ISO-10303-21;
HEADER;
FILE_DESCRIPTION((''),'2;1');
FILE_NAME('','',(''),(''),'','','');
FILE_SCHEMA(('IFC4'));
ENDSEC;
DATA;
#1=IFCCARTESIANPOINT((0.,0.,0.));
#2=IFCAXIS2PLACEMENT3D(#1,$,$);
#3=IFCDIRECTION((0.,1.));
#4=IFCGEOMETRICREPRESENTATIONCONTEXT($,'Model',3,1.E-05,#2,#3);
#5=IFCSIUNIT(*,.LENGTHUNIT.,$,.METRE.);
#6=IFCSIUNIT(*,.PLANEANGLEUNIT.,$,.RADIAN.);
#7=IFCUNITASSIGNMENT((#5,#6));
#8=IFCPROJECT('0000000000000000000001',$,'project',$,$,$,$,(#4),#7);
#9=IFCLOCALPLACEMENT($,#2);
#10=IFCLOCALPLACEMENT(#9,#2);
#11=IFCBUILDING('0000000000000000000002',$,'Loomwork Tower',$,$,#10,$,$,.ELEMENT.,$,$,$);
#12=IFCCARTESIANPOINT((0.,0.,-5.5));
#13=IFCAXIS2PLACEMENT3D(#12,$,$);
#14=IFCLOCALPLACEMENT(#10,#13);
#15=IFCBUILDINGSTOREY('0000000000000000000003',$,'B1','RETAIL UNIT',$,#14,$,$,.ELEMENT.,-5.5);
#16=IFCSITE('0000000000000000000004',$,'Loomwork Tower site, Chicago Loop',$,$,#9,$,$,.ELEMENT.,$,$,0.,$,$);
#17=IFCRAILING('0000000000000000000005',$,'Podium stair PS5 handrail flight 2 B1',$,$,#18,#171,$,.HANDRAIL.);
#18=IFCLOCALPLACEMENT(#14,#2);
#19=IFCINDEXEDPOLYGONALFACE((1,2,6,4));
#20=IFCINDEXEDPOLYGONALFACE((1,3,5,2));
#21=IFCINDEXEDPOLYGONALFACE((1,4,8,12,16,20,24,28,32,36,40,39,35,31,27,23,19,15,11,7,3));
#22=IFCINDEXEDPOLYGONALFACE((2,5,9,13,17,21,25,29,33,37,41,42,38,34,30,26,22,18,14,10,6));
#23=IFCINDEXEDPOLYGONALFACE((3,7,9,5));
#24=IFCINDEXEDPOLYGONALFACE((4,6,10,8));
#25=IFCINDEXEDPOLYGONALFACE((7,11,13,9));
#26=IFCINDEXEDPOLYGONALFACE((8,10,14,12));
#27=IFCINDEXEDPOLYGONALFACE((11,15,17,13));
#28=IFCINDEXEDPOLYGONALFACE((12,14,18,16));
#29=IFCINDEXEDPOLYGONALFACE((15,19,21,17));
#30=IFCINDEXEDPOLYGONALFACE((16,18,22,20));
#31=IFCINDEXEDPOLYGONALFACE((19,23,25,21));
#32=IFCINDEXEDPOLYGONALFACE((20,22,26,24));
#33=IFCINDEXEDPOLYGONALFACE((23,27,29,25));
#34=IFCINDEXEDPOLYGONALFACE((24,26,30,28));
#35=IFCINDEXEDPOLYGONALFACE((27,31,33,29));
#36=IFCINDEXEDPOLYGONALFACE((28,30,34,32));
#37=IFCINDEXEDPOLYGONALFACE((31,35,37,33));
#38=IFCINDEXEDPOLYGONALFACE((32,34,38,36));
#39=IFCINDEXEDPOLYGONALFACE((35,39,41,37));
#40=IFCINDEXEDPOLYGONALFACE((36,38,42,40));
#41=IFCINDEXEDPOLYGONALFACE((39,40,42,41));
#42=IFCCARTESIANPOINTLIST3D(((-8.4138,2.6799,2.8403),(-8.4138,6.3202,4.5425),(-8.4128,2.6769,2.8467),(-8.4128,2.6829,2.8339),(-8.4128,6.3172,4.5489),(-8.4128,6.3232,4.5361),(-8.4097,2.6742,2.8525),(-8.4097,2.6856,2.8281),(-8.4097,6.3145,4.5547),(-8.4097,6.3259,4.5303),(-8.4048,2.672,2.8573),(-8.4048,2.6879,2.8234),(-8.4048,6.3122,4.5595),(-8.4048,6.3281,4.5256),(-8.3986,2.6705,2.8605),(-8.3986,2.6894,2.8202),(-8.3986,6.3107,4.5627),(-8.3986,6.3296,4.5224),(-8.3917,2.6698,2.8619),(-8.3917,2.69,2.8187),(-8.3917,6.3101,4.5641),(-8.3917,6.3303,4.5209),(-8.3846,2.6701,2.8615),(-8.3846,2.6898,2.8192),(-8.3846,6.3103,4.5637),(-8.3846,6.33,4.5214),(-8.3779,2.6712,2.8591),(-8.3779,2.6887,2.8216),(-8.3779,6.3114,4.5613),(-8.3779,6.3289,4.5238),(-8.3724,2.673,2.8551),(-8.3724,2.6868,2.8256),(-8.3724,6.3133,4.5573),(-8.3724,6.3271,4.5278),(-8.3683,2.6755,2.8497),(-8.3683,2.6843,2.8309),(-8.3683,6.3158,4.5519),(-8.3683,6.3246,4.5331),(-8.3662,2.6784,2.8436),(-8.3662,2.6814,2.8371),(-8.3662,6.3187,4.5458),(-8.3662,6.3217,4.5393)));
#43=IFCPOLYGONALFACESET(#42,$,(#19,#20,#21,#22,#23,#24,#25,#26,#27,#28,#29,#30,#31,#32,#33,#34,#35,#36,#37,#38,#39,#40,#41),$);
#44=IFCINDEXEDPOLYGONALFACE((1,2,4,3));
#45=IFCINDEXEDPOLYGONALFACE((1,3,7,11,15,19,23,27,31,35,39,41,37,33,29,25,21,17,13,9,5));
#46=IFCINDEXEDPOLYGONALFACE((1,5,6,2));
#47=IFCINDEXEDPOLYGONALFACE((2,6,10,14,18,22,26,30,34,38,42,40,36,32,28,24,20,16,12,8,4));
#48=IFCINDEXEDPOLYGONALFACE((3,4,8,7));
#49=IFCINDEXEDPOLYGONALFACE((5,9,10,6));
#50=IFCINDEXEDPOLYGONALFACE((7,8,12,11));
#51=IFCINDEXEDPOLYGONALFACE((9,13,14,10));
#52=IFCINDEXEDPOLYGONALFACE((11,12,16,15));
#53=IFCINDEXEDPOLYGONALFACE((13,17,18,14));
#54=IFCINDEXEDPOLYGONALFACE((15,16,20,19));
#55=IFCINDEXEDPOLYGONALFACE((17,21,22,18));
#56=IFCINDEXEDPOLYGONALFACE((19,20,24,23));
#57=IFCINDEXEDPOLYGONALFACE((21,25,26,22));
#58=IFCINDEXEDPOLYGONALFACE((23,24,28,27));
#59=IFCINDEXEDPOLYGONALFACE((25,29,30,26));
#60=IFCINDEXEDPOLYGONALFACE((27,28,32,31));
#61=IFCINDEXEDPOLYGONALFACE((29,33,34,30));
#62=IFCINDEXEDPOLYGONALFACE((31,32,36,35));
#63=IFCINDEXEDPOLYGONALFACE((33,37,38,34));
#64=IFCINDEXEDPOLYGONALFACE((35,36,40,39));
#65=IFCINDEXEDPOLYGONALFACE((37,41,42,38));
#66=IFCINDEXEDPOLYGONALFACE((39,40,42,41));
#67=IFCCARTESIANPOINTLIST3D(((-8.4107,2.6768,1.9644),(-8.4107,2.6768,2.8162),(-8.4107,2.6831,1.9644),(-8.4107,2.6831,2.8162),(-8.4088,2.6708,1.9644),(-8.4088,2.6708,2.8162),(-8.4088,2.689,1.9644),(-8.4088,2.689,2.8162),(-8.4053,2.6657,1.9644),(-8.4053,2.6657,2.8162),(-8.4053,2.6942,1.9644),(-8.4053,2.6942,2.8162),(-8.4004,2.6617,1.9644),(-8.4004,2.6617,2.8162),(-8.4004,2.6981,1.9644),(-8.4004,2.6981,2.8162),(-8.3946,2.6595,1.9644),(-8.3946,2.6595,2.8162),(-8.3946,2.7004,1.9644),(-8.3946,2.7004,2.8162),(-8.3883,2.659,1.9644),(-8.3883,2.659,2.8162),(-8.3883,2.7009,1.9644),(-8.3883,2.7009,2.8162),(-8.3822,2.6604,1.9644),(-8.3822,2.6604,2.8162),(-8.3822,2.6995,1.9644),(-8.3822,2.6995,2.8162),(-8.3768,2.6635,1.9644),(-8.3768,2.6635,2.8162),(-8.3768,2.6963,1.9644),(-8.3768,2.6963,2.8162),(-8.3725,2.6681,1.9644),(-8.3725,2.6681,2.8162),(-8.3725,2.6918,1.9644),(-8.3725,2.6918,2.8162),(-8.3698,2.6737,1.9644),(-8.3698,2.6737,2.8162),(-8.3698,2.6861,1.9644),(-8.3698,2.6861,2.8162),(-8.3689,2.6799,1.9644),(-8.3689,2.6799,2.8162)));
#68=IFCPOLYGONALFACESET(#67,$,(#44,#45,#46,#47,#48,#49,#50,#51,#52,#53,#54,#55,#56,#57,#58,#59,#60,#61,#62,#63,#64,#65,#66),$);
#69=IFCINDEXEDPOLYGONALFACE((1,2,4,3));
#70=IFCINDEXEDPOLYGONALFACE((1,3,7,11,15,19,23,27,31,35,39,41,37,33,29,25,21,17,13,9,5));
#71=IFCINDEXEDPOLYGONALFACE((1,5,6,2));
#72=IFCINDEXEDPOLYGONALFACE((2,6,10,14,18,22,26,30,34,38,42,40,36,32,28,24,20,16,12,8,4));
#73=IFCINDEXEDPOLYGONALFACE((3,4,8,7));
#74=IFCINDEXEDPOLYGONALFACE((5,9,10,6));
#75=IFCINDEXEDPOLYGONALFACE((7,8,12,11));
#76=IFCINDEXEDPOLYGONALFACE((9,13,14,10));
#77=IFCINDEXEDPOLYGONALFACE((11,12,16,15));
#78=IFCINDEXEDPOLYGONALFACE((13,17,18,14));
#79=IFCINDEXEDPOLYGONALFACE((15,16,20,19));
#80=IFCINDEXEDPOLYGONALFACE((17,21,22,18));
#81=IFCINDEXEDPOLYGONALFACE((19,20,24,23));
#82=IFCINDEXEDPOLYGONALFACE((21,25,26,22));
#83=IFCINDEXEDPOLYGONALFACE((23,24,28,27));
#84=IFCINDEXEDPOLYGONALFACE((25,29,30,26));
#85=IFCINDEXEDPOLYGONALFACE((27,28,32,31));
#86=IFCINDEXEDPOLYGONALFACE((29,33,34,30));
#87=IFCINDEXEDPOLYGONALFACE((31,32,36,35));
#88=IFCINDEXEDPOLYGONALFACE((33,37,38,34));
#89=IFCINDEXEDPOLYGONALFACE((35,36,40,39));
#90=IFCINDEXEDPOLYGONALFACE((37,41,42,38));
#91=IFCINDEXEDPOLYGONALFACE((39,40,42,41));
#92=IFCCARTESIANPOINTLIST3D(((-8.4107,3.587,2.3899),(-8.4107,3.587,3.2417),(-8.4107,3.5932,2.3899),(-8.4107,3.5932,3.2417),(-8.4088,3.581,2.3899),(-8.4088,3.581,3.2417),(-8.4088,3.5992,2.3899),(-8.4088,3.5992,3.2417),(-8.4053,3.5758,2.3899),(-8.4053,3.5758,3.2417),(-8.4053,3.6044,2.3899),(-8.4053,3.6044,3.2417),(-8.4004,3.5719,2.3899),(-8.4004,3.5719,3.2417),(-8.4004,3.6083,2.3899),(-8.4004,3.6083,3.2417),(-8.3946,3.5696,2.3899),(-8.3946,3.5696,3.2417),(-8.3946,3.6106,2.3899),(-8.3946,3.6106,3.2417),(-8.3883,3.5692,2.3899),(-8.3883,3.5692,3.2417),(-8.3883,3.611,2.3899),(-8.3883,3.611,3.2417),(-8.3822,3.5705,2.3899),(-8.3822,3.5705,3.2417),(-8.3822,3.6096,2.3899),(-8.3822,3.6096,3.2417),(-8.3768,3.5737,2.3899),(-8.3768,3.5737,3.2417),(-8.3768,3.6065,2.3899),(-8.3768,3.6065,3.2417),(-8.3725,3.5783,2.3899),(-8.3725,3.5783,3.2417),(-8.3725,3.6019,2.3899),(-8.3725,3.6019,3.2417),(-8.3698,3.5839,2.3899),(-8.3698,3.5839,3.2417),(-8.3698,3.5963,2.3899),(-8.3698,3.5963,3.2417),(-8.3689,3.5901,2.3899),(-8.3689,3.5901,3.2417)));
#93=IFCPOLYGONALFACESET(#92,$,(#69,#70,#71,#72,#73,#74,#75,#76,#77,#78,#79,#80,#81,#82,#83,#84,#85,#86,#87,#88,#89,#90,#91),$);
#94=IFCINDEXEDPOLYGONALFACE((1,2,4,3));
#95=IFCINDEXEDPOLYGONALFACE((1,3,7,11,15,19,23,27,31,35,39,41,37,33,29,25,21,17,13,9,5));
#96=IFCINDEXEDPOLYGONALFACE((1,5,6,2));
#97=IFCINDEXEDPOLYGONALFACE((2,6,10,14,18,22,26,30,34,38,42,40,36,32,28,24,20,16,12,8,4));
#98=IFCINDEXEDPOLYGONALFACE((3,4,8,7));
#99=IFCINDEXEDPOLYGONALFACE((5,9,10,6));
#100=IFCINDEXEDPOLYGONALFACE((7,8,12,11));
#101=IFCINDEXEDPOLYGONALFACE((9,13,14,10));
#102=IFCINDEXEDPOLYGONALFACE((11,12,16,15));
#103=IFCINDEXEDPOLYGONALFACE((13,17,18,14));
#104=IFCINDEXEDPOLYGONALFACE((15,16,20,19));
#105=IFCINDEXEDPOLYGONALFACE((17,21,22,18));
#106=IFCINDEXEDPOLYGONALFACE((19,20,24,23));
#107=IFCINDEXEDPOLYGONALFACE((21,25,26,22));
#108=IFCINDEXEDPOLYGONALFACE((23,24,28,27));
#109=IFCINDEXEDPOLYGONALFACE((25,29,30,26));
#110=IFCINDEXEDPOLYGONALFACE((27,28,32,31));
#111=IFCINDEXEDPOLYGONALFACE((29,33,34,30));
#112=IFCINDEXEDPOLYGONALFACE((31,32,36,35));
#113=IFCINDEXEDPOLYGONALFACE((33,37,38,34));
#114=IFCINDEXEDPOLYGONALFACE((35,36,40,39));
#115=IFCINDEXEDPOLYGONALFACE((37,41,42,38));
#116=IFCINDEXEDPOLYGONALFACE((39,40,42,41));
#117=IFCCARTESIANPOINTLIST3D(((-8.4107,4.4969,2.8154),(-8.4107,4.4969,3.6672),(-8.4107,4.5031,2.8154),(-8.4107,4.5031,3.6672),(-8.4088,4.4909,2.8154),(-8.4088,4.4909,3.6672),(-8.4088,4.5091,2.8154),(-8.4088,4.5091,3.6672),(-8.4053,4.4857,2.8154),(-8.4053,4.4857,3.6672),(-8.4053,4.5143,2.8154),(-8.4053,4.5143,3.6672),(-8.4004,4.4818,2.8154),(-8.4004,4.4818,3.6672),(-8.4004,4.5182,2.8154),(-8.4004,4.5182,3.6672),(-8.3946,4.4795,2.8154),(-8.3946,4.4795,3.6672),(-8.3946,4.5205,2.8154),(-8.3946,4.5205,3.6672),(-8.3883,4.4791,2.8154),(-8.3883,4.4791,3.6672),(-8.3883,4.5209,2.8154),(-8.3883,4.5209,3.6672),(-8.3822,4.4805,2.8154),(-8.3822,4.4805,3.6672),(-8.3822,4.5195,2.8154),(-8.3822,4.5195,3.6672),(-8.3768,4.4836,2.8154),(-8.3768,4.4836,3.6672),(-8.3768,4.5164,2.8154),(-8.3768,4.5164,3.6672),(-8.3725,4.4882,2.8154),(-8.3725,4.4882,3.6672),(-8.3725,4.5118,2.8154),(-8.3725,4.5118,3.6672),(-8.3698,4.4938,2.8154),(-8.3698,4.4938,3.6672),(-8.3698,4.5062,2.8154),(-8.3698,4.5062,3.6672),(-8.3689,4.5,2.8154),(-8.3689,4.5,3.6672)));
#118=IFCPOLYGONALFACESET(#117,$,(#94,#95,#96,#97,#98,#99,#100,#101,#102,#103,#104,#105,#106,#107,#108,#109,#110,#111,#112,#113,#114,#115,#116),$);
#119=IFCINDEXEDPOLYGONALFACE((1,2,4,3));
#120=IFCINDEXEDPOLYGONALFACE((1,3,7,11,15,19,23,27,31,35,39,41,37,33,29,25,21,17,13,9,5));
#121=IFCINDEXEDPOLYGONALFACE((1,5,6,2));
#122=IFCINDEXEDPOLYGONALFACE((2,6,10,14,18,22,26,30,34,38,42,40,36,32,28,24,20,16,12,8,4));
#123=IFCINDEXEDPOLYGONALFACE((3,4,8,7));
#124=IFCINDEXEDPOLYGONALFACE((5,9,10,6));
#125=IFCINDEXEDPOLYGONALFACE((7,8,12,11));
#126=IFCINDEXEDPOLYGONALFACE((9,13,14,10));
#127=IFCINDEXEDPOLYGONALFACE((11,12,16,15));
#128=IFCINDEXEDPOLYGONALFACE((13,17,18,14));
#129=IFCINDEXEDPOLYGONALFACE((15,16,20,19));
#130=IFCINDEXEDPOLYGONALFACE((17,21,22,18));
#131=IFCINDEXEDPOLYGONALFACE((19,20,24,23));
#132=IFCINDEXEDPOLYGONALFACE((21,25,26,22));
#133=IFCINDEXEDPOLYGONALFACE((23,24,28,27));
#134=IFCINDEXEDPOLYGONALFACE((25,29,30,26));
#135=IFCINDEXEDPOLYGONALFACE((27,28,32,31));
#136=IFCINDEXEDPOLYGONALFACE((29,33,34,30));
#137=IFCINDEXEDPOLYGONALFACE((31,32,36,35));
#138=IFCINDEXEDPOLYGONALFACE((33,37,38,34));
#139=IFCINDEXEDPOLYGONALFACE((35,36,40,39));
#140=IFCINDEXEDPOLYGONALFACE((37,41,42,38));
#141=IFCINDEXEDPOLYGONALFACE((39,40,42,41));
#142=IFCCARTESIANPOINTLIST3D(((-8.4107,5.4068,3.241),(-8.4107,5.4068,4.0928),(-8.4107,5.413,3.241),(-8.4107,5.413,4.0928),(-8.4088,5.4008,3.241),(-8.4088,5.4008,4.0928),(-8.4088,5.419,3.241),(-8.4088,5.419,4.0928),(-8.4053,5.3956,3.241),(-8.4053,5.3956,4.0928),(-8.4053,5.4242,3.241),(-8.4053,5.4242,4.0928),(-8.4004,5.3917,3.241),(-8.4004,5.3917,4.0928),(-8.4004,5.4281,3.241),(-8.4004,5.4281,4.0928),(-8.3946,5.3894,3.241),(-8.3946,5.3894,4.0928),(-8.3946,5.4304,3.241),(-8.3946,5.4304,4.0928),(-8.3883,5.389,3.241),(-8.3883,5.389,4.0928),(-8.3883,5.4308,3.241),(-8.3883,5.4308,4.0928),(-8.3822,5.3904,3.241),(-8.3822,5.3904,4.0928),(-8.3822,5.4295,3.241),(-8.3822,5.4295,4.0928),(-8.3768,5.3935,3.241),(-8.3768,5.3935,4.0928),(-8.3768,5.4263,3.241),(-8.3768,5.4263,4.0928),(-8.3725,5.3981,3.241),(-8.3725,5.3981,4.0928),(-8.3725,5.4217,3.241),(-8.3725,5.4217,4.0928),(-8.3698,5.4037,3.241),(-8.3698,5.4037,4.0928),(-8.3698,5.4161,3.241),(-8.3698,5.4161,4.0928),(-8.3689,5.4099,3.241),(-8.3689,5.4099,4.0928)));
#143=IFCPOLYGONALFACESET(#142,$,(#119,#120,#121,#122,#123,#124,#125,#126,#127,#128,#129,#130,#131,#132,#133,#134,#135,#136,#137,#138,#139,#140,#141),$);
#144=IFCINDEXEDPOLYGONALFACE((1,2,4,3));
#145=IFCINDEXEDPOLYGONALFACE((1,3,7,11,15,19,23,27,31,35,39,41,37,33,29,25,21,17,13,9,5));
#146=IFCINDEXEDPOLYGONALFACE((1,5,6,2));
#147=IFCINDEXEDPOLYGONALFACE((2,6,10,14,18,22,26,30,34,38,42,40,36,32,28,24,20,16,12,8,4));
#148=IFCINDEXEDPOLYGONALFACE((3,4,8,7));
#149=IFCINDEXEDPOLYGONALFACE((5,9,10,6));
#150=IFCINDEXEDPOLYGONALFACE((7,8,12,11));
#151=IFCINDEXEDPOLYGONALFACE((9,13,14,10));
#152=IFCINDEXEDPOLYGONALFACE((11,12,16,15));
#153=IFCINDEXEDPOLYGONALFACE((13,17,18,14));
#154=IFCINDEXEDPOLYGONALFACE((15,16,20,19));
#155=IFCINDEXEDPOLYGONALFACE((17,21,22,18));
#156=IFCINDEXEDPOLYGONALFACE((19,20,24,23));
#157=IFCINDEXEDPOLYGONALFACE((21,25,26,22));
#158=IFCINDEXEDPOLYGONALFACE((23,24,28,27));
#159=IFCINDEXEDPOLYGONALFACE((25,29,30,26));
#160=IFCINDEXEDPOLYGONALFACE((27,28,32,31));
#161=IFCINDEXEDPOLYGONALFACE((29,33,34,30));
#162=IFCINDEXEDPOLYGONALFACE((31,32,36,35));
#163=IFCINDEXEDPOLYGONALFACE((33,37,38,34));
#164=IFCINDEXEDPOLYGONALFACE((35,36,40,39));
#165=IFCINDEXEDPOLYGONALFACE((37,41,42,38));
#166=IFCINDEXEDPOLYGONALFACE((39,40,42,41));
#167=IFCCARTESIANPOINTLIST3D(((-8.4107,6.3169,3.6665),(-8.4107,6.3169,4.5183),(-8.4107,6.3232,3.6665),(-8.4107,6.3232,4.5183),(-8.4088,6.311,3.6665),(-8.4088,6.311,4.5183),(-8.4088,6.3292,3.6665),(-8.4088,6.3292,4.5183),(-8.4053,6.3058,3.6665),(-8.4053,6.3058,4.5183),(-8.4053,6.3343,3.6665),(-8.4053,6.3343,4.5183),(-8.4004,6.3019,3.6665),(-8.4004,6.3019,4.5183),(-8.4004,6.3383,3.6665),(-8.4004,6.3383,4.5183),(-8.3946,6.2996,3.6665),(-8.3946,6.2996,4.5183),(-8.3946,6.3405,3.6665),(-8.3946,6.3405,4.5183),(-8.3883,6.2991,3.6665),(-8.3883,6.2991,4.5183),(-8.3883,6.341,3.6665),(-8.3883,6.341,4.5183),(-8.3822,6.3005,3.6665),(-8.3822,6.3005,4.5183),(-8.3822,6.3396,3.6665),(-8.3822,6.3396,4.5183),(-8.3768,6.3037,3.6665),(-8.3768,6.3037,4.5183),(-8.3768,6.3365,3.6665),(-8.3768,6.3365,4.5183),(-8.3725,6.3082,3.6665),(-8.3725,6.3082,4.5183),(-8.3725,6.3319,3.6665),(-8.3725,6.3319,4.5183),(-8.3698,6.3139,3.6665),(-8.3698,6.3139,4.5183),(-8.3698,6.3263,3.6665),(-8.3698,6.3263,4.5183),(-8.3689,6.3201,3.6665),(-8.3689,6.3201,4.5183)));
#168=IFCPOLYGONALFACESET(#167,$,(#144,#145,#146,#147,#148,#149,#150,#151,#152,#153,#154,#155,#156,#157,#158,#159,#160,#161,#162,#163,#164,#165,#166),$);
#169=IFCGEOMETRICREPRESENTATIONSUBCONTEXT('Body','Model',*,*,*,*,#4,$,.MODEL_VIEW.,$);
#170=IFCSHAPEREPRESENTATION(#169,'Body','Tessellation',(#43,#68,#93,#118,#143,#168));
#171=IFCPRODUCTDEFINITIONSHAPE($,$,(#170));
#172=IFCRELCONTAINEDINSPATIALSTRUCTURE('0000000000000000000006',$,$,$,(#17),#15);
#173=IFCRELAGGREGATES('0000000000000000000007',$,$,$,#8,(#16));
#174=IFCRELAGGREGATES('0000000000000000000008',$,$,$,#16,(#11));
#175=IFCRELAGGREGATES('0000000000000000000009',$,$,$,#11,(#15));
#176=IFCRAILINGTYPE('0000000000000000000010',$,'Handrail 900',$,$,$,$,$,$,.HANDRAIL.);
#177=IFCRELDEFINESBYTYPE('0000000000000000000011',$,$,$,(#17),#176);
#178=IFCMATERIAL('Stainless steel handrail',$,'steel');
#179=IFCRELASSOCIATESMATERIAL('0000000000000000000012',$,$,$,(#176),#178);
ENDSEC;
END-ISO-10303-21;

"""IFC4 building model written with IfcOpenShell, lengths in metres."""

from ifc_helpers import new_model, si_unit, direction, frame, origin, origin_2d, place, context, subcontext, project, spatial, circle, extrude, material, type_object, element, save


model = new_model("IFC4")

# Units and contexts
model_context = context("Model", 3, precision=1e-05, world=origin(), true_north=direction((0.0, 1.0)))
body_context = subcontext(model_context, "Body", "Model", "MODEL_VIEW")
ifc_project = project(units=[si_unit("LENGTHUNIT", "METRE"), si_unit("PLANEANGLEUNIT", "RADIAN")], contexts=[model_context])

# Site, building, storey
site_placement = place(None, origin())
site = spatial("IfcSite", under=ifc_project, at=site_placement, Name="Loomwork Tower site, Chicago Loop", CompositionType="ELEMENT", RefElevation=0.0)
building_placement = place(site_placement, origin())
building = spatial("IfcBuilding", under=site, at=building_placement, Name="Loomwork Tower", CompositionType="ELEMENT")
storey_placement = place(building_placement, frame((0.0, 0.0, -5.5)))
storey = spatial("IfcBuildingStorey", under=building, at=storey_placement, Name="B1", Description="RETAIL UNIT", CompositionType="ELEMENT", Elevation=-5.5)

# Railing
ifc_material_1 = material(Name="Stainless steel handrail", Category="steel")
railing_type = type_object("IfcRailingType", Name="Handrail 900", PredefinedType="HANDRAIL", material=ifc_material_1)
railing_placement = place(storey_placement, frame((-8.3899, 2.6799, 1.9644)))
element("IfcRailing", 1, at=railing_placement, inside=storey, type_object=railing_type, Name="Podium stair PS5 handrail flight 2 B1", PredefinedType="HANDRAIL", context=body_context, shape_type="SweptSolid", body=[
    extrude(circle(Radius=0.0239, at=origin_2d()), frame((0.0, 0.0, 0.876), z_axis=(0.0, 0.905857, 0.423584), x_axis=(-1.0, 0.0, 0.0)), (0.0, 0.0, 1.0), 4.0186),
    extrude(circle(Radius=0.021, at=origin_2d()), origin(), (0.0, 0.0, 1.0), 0.8518),
    extrude(circle(Radius=0.021, at=origin_2d()), frame((0.0, 0.9102, 0.4255)), (0.0, 0.0, 1.0), 0.8518),
    extrude(circle(Radius=0.021, at=origin_2d()), frame((0.0, 1.8201, 0.8511)), (0.0, 0.0, 1.0), 0.8518),
    extrude(circle(Radius=0.021, at=origin_2d()), frame((0.0, 2.73, 1.2766)), (0.0, 0.0, 1.0), 0.8518),
    extrude(circle(Radius=0.021, at=origin_2d()), frame((0.0, 3.6401, 1.7021)), (0.0, 0.0, 1.0), 0.8518),
])

save(model, "model.ifc")
